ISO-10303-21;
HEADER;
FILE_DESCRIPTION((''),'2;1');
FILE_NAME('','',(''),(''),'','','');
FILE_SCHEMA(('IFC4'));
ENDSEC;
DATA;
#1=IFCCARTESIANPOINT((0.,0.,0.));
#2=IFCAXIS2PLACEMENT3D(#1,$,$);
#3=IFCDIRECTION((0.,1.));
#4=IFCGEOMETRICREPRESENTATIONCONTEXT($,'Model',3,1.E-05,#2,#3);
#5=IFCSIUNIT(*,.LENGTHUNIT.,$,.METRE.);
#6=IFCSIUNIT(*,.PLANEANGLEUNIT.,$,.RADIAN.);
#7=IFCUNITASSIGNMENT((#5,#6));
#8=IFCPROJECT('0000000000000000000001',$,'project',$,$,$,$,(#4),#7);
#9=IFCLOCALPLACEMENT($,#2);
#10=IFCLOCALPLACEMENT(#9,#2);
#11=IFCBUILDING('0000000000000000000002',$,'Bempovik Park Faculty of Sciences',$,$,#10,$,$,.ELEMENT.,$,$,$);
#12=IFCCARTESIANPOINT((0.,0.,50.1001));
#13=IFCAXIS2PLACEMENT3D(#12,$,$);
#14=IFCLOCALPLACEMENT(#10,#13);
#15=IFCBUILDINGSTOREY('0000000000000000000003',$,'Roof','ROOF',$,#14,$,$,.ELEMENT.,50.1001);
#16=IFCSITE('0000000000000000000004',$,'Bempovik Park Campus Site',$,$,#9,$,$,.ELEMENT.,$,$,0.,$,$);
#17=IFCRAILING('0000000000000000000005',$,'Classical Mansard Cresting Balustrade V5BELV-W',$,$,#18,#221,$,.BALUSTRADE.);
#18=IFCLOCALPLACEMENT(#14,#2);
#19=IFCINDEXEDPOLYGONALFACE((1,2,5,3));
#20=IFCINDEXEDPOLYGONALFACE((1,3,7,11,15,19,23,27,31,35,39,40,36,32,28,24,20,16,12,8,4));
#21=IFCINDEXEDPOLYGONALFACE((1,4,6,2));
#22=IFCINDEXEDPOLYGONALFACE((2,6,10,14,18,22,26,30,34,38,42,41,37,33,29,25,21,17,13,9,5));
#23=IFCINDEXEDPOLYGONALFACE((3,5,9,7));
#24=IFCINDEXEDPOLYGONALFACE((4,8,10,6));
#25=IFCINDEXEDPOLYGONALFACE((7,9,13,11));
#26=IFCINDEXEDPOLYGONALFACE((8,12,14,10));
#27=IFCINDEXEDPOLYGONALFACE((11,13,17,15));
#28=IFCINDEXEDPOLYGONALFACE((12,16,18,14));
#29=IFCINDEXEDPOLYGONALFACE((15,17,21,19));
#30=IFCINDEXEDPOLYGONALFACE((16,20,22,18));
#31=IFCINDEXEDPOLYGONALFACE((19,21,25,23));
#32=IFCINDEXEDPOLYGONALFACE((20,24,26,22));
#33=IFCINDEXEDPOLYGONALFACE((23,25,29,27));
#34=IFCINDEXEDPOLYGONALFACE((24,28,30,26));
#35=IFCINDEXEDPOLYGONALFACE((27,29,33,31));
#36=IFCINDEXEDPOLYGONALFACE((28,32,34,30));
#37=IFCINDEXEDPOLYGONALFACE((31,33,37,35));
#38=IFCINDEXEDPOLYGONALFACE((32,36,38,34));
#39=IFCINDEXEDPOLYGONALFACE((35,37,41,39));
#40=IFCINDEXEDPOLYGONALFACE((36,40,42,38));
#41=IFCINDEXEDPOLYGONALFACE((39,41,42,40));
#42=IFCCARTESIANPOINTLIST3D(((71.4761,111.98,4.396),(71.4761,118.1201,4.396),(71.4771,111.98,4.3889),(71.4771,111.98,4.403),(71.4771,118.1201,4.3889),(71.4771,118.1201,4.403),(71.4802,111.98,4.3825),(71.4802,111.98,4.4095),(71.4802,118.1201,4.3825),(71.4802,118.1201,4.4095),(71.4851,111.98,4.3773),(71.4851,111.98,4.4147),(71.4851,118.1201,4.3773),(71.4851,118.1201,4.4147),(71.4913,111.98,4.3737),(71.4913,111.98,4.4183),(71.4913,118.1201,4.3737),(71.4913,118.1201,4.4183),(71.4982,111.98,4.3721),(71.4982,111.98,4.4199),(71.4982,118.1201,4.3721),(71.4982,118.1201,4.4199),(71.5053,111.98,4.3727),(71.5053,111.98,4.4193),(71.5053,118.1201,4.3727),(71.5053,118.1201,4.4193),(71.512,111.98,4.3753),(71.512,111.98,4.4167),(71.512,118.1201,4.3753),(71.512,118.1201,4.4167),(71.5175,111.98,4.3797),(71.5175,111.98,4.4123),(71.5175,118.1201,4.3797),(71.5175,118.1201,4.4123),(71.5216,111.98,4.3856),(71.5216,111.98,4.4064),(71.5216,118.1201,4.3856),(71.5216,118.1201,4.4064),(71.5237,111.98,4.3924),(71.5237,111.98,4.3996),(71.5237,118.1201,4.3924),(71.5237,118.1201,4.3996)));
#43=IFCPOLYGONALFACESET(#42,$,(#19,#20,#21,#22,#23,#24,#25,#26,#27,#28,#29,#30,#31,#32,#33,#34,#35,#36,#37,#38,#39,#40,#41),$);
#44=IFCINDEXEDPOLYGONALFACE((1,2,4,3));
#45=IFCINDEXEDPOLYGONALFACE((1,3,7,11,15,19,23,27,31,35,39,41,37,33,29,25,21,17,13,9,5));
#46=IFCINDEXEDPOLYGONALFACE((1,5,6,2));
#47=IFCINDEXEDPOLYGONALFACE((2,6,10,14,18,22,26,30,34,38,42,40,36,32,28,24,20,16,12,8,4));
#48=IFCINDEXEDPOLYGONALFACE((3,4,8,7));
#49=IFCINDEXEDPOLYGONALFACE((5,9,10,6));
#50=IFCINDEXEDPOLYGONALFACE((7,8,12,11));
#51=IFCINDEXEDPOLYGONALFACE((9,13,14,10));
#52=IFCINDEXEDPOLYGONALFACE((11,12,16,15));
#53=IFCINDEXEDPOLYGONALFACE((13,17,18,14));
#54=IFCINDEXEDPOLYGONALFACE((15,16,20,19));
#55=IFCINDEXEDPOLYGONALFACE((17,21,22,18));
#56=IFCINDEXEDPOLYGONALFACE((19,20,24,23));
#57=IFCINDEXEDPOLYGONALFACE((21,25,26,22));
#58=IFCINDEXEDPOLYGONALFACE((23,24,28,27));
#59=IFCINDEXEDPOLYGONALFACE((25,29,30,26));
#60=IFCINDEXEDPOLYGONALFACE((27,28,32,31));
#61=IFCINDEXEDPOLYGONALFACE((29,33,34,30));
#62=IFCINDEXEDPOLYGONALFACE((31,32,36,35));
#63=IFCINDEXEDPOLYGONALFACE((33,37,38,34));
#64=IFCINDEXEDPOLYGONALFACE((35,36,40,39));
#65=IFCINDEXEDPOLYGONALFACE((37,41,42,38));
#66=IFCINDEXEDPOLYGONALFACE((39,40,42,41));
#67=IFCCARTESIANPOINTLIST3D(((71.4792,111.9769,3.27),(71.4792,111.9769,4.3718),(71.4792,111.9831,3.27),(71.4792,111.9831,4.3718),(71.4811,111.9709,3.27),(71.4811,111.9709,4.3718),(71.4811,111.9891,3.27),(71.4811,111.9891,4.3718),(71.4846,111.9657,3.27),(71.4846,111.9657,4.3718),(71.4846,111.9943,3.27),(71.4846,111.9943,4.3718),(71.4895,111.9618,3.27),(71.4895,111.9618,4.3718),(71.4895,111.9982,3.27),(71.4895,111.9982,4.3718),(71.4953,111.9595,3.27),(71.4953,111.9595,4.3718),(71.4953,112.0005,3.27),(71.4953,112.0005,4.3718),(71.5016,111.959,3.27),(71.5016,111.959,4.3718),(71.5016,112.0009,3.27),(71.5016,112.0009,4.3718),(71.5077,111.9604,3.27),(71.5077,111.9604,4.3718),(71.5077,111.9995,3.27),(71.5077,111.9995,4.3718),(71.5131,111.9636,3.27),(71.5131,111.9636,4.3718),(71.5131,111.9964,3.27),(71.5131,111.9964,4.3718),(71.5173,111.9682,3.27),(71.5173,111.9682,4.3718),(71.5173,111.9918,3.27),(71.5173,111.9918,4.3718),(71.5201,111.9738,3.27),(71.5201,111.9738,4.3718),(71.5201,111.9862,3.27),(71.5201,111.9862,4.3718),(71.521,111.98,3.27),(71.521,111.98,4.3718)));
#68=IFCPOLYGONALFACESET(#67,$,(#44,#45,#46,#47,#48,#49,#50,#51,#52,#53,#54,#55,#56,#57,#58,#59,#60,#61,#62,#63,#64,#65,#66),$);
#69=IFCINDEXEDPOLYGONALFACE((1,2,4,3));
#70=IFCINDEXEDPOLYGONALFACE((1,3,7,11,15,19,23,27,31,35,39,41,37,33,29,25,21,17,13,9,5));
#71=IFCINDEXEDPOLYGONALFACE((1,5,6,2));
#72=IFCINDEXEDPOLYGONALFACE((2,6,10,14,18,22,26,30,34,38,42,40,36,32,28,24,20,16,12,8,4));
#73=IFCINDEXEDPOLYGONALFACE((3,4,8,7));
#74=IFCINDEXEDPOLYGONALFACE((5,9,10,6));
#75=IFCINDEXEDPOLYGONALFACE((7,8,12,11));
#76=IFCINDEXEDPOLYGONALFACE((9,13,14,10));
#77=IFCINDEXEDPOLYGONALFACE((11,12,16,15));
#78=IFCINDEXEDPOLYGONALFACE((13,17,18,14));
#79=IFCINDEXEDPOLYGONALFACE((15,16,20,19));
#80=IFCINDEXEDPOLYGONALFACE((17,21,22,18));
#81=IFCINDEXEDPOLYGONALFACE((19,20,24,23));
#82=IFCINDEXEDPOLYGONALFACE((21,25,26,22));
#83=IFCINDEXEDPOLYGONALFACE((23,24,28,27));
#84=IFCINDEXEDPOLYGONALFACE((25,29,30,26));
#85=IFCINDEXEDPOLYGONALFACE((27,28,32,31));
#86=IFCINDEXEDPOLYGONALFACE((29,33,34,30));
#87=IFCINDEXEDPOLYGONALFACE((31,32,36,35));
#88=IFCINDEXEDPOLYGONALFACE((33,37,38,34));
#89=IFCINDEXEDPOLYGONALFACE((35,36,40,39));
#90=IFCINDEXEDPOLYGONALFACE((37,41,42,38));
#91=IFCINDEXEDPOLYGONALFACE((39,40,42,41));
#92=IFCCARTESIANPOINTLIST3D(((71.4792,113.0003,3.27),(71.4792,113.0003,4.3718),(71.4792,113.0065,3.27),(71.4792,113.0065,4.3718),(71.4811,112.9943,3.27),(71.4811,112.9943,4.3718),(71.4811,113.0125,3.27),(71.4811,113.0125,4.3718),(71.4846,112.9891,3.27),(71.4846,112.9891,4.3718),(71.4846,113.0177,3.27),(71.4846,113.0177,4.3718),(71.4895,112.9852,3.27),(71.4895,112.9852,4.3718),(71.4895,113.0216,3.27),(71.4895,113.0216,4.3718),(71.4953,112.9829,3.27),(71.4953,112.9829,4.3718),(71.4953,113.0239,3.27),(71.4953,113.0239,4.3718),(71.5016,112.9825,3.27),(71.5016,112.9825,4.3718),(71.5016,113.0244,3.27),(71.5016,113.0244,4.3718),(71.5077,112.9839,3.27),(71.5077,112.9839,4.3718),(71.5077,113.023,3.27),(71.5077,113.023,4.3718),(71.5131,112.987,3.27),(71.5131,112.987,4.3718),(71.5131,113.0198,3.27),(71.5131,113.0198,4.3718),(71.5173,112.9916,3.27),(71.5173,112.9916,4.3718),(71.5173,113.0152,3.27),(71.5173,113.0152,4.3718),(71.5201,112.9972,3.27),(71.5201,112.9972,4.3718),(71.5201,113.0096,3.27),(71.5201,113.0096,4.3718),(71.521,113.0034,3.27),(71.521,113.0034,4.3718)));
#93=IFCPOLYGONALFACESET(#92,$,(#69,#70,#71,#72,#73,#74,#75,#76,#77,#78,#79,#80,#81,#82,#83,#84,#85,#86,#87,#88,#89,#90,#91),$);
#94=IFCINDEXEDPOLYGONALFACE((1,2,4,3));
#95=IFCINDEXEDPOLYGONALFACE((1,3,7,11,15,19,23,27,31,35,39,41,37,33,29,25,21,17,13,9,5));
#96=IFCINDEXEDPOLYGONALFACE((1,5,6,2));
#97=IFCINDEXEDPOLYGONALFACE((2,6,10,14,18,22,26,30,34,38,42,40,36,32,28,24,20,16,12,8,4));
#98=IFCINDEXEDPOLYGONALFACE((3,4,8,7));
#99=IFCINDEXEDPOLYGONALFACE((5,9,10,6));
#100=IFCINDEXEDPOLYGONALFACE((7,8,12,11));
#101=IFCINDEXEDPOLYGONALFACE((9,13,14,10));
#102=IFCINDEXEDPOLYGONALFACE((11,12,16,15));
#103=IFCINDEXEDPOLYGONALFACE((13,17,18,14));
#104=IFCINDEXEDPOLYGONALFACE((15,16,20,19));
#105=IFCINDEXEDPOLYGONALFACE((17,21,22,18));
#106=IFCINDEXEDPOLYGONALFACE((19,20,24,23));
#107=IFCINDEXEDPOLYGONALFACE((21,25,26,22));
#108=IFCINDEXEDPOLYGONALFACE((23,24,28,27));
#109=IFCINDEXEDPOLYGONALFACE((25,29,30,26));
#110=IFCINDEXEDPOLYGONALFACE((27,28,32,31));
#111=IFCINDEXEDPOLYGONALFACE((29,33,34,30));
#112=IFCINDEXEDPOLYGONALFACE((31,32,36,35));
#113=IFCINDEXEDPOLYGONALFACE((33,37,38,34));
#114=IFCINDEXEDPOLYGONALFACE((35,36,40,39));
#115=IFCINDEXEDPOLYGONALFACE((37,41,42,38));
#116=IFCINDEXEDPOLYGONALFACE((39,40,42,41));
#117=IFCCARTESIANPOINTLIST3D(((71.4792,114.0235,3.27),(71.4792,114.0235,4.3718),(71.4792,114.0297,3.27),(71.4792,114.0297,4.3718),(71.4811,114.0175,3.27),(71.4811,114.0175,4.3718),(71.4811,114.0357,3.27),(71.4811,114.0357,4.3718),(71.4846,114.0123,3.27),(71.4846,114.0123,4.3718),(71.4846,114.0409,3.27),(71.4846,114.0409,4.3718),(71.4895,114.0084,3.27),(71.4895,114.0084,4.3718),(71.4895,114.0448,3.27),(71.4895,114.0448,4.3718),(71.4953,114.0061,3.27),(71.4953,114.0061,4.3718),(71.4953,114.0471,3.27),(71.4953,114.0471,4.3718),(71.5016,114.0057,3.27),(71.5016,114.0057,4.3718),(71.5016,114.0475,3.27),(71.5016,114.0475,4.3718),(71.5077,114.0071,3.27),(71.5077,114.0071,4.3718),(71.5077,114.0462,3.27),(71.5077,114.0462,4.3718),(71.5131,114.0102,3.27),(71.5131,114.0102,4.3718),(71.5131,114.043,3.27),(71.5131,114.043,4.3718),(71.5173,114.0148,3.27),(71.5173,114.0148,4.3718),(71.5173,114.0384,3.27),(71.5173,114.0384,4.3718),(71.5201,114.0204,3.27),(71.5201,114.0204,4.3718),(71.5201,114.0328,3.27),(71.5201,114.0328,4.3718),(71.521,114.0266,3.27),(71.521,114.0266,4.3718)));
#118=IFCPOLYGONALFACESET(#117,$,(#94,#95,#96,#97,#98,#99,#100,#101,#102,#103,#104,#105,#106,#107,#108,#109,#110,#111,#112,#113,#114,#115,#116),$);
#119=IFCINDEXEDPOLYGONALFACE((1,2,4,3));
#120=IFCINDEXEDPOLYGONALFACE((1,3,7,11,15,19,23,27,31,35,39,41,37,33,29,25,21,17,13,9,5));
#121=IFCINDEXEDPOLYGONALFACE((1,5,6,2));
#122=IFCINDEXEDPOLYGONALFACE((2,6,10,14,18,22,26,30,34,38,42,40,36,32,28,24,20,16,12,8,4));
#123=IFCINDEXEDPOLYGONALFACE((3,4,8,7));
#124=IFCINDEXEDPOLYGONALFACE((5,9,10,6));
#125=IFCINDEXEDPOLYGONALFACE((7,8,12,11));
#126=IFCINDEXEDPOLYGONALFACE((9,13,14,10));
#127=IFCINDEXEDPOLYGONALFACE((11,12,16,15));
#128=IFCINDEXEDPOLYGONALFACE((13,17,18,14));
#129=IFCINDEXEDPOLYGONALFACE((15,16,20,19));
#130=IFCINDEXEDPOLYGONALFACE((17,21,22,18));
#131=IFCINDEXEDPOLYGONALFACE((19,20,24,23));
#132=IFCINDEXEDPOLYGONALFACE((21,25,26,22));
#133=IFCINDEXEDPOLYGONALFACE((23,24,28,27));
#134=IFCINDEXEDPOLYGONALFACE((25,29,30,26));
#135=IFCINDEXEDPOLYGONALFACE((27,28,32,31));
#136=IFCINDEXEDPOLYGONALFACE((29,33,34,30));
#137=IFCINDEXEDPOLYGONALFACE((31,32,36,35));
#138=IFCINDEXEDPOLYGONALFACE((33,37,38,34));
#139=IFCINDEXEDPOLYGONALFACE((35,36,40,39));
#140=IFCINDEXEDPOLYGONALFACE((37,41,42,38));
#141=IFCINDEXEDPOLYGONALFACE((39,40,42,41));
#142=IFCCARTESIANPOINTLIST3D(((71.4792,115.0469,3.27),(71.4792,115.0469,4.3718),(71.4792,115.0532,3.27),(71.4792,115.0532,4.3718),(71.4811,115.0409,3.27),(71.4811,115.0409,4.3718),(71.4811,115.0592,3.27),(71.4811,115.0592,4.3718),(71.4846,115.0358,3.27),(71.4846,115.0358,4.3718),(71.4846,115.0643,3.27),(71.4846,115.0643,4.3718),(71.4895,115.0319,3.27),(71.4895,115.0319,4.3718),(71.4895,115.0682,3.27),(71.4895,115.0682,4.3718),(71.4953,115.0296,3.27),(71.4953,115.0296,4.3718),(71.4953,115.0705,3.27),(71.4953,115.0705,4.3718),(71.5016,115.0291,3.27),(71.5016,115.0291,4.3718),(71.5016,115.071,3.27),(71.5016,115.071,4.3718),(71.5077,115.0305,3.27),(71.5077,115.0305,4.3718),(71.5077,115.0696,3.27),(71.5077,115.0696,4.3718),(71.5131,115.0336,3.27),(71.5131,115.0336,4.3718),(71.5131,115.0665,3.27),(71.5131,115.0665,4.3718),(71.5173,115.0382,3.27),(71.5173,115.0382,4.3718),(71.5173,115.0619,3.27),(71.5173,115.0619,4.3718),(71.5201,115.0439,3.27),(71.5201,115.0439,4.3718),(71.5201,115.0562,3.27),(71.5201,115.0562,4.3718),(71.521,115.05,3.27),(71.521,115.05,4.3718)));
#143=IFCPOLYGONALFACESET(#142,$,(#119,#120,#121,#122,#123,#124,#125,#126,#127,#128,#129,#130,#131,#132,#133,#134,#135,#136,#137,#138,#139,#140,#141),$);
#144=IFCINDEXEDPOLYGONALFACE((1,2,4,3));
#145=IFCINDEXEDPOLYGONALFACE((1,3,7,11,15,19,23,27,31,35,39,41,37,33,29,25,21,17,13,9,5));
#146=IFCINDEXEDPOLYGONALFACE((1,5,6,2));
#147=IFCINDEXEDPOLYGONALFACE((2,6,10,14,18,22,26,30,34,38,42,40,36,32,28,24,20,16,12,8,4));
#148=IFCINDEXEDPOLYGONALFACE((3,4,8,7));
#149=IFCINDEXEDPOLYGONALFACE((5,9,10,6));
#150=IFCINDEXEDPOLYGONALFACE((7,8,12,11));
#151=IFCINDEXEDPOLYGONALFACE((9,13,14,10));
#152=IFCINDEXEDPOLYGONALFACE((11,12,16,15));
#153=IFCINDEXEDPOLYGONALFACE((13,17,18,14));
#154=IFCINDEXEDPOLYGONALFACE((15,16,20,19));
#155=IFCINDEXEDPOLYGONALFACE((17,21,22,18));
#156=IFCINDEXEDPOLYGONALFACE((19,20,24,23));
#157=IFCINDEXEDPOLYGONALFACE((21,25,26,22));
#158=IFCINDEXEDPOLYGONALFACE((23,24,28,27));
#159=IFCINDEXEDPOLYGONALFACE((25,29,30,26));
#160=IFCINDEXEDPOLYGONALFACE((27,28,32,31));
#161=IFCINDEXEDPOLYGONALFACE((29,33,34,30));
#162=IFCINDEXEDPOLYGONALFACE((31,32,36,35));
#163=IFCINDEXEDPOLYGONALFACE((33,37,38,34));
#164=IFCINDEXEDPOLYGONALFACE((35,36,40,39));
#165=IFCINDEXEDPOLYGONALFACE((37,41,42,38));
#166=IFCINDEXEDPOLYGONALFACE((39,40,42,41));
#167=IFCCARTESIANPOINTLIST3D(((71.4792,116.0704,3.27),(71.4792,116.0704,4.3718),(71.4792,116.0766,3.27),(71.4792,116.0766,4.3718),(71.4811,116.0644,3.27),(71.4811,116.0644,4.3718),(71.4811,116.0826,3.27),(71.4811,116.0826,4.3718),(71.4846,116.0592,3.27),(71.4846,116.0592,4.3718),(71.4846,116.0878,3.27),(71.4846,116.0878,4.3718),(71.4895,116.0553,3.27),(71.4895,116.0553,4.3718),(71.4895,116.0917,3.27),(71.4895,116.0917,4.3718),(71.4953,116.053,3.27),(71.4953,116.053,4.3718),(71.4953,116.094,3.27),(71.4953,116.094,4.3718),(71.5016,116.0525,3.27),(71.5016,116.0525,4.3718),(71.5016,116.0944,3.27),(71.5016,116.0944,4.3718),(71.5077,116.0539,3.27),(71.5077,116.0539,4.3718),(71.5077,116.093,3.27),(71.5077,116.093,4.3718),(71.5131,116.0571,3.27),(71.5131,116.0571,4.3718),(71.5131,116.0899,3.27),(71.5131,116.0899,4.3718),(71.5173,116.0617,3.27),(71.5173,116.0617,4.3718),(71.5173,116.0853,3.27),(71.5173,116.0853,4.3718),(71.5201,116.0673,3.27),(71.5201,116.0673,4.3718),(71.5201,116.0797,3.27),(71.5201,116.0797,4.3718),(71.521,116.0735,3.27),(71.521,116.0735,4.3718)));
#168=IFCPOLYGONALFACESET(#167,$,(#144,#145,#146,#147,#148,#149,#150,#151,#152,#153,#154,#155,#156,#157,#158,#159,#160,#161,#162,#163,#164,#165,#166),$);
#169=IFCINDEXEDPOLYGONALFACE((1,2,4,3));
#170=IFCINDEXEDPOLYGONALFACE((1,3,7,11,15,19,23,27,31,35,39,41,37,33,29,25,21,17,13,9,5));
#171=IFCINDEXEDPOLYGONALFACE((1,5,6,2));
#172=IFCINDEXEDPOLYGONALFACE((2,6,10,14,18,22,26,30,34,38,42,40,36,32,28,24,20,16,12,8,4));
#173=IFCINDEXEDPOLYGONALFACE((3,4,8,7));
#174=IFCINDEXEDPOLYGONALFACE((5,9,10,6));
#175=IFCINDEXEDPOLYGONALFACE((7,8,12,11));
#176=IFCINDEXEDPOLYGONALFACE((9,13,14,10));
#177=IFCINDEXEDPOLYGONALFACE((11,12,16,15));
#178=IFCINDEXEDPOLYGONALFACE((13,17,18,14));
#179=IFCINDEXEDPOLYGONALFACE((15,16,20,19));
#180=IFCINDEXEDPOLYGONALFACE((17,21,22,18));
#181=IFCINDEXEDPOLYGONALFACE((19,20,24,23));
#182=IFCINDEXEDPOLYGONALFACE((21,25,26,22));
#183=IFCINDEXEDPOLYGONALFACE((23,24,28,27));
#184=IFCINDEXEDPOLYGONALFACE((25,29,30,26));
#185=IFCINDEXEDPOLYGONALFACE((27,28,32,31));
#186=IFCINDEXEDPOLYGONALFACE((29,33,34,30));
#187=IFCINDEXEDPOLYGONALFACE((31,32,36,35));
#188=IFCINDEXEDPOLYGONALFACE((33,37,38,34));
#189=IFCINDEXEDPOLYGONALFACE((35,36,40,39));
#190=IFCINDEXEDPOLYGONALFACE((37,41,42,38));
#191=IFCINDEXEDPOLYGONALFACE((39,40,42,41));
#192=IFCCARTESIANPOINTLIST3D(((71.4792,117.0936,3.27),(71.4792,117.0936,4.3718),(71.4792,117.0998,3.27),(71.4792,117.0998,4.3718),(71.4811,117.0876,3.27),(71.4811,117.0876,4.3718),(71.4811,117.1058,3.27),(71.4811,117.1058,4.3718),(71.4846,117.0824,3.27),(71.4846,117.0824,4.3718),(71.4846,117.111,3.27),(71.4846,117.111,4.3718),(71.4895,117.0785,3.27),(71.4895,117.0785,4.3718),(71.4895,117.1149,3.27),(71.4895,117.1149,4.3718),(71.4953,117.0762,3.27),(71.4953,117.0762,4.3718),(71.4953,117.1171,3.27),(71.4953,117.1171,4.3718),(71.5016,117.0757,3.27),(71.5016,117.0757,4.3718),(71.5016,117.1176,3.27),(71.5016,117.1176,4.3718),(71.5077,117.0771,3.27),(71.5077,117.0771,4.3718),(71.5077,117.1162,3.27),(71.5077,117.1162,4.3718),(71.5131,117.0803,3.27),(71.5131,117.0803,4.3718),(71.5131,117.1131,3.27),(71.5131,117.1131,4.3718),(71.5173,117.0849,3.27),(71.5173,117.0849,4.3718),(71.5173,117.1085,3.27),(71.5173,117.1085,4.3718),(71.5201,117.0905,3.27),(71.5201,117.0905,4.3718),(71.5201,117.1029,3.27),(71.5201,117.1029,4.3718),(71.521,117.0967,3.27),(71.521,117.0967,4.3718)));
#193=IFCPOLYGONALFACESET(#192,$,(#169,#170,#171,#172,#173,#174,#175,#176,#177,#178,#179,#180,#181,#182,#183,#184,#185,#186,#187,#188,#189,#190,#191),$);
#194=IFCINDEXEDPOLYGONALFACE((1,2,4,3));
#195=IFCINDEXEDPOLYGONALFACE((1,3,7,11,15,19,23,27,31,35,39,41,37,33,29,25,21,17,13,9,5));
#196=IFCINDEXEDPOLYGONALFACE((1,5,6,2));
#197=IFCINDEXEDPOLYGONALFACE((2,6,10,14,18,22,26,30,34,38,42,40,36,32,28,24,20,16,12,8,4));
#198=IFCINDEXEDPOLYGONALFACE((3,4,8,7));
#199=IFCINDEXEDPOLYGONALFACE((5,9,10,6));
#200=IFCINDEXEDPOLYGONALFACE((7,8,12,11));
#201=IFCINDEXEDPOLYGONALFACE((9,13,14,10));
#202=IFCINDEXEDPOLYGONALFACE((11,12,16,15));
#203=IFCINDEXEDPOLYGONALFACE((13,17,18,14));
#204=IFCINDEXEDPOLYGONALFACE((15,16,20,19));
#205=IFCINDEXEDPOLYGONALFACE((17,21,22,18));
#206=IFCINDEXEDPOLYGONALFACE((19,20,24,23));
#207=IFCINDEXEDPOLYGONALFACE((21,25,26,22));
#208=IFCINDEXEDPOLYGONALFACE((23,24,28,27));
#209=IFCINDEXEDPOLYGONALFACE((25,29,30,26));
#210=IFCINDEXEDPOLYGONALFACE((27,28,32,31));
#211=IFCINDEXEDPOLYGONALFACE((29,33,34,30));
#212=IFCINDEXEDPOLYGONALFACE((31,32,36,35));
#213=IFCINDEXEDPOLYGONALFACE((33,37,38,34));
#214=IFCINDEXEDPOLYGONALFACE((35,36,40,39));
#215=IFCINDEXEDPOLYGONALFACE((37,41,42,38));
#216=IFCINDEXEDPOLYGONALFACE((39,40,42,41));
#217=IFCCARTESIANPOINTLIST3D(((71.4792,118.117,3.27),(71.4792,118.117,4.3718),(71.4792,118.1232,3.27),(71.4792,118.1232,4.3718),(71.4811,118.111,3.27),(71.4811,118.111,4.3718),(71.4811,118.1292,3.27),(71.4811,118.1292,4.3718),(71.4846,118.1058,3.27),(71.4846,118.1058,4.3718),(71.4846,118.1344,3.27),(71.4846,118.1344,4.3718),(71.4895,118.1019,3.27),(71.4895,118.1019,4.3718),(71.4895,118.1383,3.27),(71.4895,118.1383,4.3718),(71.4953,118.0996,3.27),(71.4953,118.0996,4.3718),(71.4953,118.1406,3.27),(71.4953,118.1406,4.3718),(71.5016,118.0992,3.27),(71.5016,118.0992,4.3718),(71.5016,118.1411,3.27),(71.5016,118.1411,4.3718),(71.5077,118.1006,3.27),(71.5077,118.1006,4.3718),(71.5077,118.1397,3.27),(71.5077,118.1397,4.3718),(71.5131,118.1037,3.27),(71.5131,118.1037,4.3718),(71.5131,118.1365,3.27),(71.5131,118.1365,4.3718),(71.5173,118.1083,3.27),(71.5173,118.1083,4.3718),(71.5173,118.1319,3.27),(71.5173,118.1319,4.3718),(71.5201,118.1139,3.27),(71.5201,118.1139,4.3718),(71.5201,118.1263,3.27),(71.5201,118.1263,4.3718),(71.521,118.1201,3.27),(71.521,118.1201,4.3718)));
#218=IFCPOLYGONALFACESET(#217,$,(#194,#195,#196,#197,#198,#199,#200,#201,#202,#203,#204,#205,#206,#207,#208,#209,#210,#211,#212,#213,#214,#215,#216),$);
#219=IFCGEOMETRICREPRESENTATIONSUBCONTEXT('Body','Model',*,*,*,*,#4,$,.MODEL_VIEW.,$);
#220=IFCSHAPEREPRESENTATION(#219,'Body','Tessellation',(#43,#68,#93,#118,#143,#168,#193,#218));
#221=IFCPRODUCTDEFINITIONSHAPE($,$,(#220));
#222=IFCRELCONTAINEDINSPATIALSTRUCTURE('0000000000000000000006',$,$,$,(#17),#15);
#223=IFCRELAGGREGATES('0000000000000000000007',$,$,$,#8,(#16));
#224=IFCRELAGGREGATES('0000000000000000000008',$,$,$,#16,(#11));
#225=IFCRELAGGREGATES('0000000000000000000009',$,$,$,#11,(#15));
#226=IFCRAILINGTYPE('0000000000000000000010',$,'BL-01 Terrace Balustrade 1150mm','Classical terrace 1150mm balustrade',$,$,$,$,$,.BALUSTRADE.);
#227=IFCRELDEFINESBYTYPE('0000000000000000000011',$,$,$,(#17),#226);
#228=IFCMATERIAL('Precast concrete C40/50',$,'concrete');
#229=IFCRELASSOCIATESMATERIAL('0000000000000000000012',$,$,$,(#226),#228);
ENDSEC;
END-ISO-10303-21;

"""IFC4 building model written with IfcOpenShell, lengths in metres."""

from ifc_helpers import new_model, si_unit, direction, frame, origin, origin_2d, place, context, subcontext, project, spatial, circle, extrude, material, type_object, element, save


model = new_model("IFC4")

# Units and contexts
model_context = context("Model", 3, precision=1e-05, world=origin(), true_north=direction((0.0, 1.0)))
body_context = subcontext(model_context, "Body", "Model", "MODEL_VIEW")
ifc_project = project(units=[si_unit("LENGTHUNIT", "METRE"), si_unit("PLANEANGLEUNIT", "RADIAN")], contexts=[model_context])

# Site, building, storey
site_placement = place(None, origin())
site = spatial("IfcSite", under=ifc_project, at=site_placement, Name="Bempovik Park Campus Site", CompositionType="ELEMENT", RefElevation=0.0)
building_placement = place(site_placement, origin())
building = spatial("IfcBuilding", under=site, at=building_placement, Name="Bempovik Park Faculty of Sciences", CompositionType="ELEMENT")
storey_placement = place(building_placement, frame((0.0, 0.0, 50.1001)))
storey = spatial("IfcBuildingStorey", under=building, at=storey_placement, Name="Roof", Description="ROOF", CompositionType="ELEMENT", Elevation=50.1001)

# Shared definitions
ifc_material_1 = material(Name="Precast concrete C40/50", Category="concrete")

# Railing
railing_type_1 = type_object("IfcRailingType", Name="BL-01 Terrace Balustrade 1150mm", Description="Classical terrace 1150mm balustrade", PredefinedType="BALUSTRADE", material=ifc_material_1)
railing_1_placement = place(storey_placement, frame((71.5, 111.98, 3.27)))
element("IfcRailing", 1, at=railing_1_placement, inside=storey, type_object=railing_type_1, Name="Classical Mansard Cresting Balustrade V5BELV-W", PredefinedType="BALUSTRADE", context=body_context, shape_type="SweptSolid", body=[
    extrude(circle(Radius=0.0239, at=origin_2d()), frame((0.0, 0.0, 1.126), z_axis=(0.0, 1.0, 0.0), x_axis=(-1.0, 0.0, 0.0)), (0.0, 0.0, 1.0), 6.1401),
    extrude(circle(Radius=0.021, at=origin_2d()), origin(), (0.0, 0.0, 1.0), 1.1018),
    extrude(circle(Radius=0.021, at=origin_2d()), frame((0.0, 1.0234, 0.0)), (0.0, 0.0, 1.0), 1.1018),
    extrude(circle(Radius=0.021, at=origin_2d()), frame((0.0, 2.0466, 0.0)), (0.0, 0.0, 1.0), 1.1018),
    extrude(circle(Radius=0.021, at=origin_2d()), frame((0.0, 3.0701, 0.0)), (0.0, 0.0, 1.0), 1.1018),
    extrude(circle(Radius=0.021, at=origin_2d()), frame((0.0, 4.0935, 0.0)), (0.0, 0.0, 1.0), 1.1018),
    extrude(circle(Radius=0.021, at=origin_2d()), frame((0.0, 5.1167, 0.0)), (0.0, 0.0, 1.0), 1.1018),
    extrude(circle(Radius=0.021, at=origin_2d()), frame((0.0, 6.1401, 0.0)), (0.0, 0.0, 1.0), 1.1018),
])

save(model, "model.ifc")
